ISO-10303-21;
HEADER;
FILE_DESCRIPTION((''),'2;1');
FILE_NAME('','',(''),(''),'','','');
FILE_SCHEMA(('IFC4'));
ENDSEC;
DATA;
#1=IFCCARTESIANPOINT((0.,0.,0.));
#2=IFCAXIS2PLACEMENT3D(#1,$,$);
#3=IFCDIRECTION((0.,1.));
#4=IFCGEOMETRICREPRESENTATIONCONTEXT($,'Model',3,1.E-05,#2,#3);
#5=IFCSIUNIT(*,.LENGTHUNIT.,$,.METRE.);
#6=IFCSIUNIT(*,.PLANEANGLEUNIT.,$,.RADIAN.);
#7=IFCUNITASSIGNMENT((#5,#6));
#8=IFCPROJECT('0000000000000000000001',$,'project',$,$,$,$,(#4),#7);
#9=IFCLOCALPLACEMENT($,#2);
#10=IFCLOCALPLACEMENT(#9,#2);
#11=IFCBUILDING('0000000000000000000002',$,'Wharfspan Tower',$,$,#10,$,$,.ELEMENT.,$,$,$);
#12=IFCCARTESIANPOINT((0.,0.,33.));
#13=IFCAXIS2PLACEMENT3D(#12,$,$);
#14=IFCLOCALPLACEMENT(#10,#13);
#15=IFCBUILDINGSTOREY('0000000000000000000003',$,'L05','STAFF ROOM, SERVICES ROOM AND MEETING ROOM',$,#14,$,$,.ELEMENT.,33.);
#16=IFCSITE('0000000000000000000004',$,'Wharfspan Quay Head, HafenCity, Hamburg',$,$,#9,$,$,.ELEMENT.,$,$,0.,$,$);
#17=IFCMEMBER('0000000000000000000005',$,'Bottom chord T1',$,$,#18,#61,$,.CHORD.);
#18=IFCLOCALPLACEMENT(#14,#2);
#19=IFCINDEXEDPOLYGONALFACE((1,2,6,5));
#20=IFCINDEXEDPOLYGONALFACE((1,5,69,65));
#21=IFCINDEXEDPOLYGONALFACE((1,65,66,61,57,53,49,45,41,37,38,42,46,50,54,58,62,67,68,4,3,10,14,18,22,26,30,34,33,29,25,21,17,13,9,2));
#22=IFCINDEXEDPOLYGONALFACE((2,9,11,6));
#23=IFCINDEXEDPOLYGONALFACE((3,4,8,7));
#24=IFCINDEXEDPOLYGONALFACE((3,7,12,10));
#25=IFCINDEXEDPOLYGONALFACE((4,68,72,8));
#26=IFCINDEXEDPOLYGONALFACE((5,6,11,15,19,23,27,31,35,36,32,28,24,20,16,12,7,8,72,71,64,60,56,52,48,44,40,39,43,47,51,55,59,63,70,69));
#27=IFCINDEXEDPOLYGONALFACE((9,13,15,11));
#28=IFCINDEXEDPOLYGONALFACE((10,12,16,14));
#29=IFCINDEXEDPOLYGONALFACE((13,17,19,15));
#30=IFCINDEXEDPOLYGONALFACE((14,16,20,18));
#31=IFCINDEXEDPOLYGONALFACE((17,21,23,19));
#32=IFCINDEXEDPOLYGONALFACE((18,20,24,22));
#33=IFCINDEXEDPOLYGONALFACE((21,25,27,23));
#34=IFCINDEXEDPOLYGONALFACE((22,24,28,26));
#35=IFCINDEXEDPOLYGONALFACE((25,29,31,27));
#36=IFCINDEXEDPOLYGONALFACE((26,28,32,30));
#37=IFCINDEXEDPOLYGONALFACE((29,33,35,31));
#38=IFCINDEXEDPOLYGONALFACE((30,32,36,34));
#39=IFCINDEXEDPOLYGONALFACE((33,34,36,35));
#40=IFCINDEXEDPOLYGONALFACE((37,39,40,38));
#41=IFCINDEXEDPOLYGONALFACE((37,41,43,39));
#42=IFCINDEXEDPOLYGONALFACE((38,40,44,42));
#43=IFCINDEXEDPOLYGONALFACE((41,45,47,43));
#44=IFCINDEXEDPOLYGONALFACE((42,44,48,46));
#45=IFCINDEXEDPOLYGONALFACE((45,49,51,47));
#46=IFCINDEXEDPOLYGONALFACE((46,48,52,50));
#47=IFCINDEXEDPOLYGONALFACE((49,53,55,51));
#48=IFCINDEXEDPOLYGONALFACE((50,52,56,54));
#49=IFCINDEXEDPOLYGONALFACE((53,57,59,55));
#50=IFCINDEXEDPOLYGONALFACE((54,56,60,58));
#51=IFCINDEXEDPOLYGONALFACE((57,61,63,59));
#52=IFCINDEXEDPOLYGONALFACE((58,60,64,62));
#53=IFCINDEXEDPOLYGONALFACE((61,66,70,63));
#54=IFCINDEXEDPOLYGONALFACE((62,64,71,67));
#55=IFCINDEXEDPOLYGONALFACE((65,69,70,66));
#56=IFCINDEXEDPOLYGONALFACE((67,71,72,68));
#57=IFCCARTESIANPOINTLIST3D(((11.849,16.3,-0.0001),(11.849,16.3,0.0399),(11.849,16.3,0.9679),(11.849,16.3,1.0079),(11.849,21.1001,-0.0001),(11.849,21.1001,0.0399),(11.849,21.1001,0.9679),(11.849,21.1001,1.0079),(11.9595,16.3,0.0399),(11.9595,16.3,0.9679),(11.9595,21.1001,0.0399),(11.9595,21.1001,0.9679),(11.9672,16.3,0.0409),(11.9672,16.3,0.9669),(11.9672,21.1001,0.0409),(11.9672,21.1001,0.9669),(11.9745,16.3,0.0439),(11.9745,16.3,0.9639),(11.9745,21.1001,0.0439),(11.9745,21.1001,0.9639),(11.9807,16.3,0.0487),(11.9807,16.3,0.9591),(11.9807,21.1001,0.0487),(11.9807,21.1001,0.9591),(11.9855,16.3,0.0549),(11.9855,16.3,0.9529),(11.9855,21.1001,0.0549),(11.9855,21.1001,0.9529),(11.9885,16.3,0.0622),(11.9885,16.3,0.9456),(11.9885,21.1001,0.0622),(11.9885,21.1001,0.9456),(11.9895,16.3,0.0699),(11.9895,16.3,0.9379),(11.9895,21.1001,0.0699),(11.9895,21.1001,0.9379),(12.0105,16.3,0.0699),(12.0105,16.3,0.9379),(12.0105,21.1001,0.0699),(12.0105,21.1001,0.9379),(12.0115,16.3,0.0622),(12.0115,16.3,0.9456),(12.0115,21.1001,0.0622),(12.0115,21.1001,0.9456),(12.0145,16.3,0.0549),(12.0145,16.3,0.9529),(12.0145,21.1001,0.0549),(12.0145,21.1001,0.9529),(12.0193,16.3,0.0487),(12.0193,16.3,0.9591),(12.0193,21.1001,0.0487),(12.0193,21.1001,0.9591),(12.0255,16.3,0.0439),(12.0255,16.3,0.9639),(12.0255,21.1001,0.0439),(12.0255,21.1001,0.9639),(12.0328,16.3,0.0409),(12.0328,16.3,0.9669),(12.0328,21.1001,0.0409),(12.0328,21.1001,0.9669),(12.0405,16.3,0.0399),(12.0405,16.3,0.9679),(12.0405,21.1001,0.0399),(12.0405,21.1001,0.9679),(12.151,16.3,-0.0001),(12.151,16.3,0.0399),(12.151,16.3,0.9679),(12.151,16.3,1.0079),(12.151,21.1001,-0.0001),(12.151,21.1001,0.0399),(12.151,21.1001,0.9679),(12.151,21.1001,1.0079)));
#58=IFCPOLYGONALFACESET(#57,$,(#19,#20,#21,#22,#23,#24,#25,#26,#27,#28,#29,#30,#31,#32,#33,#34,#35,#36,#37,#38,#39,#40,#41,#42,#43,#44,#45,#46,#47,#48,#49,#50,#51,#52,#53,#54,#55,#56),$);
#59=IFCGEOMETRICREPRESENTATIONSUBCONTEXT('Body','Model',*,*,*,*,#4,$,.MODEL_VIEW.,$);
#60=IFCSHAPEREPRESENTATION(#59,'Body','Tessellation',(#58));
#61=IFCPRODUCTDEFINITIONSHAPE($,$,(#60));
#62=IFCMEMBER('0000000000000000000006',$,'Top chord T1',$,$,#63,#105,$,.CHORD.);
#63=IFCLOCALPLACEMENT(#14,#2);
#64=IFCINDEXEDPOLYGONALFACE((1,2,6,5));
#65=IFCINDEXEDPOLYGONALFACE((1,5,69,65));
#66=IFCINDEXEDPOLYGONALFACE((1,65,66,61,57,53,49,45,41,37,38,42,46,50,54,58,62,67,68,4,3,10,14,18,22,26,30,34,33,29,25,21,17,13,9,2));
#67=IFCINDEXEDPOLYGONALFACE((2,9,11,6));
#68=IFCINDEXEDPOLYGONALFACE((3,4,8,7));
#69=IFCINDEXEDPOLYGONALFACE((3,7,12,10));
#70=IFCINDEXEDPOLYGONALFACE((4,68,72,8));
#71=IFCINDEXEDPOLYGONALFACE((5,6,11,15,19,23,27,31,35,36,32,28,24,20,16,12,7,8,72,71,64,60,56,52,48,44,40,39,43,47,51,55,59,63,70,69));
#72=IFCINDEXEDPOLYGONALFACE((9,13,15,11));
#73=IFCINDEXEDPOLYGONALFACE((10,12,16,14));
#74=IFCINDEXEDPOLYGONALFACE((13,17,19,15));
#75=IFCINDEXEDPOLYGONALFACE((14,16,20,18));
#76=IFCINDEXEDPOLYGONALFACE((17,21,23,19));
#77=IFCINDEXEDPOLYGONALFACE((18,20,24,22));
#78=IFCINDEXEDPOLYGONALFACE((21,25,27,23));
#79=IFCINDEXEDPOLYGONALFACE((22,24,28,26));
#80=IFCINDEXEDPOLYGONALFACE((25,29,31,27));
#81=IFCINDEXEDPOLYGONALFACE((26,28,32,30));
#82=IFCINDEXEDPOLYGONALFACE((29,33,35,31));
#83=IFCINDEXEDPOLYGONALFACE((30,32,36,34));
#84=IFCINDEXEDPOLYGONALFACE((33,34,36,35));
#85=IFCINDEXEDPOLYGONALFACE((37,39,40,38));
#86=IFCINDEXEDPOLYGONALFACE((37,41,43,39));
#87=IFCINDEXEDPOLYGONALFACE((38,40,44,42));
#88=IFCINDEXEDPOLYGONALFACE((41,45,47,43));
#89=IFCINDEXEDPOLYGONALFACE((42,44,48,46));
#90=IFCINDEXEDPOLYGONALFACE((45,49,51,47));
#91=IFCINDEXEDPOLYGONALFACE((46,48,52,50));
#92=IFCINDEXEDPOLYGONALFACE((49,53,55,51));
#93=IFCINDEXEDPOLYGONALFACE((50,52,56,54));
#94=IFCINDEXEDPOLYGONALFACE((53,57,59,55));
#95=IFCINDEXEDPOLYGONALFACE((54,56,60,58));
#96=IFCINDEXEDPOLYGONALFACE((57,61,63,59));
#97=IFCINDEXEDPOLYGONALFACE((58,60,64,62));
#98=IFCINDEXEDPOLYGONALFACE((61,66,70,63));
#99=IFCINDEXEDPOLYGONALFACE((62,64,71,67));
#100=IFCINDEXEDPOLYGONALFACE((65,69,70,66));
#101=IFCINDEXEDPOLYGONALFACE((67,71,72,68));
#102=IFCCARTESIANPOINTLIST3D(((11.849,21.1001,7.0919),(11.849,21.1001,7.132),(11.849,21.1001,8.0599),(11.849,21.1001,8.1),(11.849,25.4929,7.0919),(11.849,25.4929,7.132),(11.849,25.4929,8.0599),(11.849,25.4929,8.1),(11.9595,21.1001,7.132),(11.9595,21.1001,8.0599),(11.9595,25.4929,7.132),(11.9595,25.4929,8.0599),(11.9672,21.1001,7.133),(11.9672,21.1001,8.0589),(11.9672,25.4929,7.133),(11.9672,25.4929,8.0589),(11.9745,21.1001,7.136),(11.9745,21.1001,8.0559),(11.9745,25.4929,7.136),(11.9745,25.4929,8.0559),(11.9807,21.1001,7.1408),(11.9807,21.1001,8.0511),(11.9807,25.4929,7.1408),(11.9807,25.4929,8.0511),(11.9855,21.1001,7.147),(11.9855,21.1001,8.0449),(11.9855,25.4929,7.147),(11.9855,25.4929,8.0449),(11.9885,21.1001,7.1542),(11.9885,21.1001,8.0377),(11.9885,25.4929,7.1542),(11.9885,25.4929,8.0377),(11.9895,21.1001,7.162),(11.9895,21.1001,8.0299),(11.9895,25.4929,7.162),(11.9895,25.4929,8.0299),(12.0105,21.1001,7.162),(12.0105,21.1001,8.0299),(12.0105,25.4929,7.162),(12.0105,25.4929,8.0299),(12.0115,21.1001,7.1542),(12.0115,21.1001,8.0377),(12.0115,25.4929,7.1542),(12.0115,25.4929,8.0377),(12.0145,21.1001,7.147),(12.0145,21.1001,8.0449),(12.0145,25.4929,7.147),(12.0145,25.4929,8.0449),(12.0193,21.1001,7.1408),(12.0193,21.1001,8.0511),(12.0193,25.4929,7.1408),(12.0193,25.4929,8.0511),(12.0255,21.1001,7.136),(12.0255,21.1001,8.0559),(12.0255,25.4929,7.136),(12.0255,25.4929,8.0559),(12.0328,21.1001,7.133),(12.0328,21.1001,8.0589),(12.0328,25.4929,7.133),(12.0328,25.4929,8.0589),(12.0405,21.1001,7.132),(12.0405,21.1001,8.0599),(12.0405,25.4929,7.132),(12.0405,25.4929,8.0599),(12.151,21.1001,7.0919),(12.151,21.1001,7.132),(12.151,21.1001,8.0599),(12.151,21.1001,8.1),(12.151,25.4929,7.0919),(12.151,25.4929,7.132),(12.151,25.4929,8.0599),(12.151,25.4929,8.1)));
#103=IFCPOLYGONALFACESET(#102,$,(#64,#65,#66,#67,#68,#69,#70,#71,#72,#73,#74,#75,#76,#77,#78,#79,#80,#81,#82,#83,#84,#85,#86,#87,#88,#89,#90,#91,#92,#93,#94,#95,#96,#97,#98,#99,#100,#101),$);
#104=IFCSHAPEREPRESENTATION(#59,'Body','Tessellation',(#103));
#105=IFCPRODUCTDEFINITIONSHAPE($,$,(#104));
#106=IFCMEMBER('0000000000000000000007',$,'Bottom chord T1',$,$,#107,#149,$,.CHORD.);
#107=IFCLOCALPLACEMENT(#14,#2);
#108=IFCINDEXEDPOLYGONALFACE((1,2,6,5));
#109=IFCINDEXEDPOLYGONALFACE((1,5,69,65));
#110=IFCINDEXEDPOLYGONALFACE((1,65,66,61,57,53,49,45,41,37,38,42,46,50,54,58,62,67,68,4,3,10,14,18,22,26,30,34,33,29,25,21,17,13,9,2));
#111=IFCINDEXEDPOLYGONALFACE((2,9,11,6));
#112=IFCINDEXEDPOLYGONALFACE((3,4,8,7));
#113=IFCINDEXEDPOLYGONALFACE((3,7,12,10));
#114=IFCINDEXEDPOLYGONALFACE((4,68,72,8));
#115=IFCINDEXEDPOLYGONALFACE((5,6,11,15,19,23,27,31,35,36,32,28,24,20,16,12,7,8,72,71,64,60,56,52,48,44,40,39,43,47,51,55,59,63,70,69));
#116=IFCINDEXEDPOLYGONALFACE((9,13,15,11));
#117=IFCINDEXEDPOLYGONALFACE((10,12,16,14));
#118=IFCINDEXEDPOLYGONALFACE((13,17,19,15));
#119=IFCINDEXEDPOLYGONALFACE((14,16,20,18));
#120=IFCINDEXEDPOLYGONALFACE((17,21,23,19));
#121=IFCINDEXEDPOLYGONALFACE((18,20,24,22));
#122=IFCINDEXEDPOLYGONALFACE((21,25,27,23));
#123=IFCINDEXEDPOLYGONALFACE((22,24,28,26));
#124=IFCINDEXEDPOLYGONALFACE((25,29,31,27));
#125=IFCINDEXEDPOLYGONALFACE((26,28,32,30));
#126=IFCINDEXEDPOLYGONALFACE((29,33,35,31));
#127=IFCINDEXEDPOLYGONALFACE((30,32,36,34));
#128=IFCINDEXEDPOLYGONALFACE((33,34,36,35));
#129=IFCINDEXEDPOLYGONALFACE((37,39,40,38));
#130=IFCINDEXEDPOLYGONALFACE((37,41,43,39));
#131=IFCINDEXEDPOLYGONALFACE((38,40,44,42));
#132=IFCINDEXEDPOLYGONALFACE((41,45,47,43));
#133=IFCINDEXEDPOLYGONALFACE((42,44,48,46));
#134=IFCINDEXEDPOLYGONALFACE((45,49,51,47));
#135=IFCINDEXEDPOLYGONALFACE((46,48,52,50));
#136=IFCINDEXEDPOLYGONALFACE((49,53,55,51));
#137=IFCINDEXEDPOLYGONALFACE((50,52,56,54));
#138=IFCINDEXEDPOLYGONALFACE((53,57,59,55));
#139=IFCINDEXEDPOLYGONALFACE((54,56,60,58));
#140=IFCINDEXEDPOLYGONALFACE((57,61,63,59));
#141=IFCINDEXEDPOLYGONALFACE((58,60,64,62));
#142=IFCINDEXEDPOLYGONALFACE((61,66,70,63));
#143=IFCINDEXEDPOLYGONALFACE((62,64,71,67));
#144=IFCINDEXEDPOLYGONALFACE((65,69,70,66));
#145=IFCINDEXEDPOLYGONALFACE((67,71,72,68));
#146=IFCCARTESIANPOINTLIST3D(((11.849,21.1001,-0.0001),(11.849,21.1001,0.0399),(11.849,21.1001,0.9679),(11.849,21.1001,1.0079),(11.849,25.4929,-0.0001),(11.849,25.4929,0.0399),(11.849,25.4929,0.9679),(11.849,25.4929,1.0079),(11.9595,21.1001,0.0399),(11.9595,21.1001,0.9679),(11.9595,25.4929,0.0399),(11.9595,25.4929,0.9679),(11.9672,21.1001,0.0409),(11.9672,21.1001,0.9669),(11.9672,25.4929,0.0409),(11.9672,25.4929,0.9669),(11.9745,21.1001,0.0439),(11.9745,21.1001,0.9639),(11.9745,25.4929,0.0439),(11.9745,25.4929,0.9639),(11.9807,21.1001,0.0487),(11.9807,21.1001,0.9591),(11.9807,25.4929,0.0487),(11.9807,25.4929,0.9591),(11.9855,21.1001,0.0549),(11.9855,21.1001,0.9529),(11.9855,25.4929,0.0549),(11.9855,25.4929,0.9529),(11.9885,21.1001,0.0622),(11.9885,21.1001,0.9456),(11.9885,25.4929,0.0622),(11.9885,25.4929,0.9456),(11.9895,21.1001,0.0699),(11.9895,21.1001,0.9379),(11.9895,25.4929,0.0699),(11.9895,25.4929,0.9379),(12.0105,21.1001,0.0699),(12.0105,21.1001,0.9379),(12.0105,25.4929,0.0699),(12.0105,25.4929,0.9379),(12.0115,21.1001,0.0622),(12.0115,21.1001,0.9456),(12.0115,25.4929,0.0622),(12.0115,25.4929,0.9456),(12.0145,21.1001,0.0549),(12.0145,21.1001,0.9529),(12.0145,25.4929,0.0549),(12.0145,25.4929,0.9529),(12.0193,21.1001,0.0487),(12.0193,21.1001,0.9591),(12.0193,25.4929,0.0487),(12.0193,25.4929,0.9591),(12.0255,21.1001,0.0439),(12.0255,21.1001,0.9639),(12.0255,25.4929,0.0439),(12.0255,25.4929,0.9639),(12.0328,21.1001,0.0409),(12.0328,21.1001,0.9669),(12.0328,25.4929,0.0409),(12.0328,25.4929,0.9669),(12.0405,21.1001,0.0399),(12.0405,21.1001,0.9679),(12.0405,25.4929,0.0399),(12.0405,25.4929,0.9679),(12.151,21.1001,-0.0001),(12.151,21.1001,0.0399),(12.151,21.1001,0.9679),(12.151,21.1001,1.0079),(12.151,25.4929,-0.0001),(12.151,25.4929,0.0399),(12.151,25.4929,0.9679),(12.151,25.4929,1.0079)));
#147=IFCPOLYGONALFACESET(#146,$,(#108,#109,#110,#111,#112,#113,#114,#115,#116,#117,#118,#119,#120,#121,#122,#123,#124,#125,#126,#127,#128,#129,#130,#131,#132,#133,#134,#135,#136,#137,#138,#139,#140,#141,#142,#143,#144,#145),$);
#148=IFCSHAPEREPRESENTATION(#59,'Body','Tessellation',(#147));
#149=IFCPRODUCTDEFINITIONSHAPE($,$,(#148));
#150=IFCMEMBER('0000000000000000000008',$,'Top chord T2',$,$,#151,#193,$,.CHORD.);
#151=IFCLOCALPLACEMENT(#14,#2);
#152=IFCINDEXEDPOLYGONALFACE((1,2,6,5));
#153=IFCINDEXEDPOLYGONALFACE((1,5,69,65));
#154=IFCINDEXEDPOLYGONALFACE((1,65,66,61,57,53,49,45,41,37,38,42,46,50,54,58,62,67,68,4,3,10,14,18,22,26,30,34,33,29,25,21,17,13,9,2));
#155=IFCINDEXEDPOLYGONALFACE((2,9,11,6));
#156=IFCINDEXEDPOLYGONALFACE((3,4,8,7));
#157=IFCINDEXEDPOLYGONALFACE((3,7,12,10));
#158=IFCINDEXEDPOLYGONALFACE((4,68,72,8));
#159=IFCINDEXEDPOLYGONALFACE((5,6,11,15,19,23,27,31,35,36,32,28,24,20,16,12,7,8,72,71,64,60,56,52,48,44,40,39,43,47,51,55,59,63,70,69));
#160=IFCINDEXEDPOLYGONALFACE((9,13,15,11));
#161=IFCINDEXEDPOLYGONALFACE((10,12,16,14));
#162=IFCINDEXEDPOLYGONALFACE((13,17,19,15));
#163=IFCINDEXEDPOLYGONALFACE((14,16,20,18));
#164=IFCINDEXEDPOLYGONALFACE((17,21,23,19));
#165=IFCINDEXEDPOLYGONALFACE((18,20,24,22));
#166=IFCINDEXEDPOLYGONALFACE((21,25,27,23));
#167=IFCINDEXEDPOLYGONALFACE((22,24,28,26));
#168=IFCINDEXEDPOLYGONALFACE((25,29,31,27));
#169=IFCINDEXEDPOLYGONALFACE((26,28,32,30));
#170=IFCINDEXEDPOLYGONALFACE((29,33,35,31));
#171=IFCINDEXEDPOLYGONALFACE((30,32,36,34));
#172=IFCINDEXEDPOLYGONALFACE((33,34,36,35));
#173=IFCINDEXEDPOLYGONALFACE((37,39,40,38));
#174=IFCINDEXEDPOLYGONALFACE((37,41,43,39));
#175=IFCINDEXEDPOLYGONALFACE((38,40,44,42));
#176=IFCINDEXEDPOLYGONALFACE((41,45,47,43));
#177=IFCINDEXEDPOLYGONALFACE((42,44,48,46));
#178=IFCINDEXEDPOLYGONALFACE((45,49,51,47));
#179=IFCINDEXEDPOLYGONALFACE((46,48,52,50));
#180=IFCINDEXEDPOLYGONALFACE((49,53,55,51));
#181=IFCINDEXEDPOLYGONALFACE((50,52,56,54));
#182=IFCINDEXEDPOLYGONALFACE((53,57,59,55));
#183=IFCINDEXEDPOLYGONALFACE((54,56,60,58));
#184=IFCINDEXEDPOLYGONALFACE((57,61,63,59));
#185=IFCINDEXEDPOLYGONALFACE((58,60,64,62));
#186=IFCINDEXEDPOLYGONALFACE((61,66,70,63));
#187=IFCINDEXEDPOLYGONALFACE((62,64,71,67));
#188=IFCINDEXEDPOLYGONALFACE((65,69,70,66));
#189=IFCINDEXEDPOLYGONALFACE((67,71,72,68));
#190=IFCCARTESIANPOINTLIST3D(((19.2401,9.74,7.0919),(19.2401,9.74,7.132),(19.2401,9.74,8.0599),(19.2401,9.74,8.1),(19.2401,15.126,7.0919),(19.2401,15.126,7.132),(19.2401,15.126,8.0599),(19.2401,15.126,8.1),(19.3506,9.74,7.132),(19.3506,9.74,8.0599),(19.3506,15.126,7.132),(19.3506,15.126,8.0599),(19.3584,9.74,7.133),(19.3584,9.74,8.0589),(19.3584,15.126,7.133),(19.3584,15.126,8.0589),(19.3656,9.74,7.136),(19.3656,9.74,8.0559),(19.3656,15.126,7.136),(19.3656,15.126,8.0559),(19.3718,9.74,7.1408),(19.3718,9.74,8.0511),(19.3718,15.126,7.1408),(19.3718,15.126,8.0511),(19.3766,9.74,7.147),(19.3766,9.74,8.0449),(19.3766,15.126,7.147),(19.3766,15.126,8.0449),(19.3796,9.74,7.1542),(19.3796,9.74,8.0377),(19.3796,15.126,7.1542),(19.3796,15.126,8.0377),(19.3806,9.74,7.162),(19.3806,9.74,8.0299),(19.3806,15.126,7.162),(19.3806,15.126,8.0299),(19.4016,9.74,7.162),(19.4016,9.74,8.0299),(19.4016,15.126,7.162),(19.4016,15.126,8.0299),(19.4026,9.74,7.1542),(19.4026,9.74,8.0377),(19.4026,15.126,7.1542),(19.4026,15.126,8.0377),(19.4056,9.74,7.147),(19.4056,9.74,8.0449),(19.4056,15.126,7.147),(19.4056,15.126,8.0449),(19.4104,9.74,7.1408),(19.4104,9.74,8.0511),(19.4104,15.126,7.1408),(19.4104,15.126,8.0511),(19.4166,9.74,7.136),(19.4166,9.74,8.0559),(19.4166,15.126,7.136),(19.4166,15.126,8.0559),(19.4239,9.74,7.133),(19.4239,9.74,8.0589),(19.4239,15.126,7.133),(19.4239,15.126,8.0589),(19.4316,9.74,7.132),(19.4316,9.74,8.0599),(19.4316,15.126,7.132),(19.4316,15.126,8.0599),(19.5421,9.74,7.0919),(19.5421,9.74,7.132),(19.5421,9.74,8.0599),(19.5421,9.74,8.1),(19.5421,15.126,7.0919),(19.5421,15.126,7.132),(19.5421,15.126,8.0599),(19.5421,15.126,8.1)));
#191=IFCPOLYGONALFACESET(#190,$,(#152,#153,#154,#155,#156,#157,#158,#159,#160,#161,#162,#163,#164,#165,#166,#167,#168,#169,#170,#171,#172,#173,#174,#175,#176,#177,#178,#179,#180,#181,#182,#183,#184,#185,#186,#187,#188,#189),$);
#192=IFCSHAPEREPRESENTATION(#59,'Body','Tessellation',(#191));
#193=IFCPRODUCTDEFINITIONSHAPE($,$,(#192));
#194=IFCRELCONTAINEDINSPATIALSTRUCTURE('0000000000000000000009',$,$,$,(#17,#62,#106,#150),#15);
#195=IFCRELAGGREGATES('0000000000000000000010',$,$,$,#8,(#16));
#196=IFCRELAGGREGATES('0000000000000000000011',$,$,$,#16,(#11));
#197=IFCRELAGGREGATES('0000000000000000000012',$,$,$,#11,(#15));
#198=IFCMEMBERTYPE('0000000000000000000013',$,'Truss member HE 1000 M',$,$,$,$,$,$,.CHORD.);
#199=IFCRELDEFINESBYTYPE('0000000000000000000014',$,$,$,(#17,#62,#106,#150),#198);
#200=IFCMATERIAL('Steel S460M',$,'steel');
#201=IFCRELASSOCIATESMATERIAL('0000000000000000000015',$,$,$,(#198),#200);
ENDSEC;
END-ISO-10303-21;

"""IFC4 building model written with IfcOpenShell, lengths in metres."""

from ifc_helpers import new_model, si_unit, direction, frame, origin, origin_2d, place, context, subcontext, project, spatial, i_section, extrude, material, material_profile, profile_set, type_object, element, save


model = new_model("IFC4")

# Units and contexts
model_context = context("Model", 3, precision=1e-05, world=origin(), true_north=direction((0.0, 1.0)))
body_context = subcontext(model_context, "Body", "Model", "MODEL_VIEW")
ifc_project = project(units=[si_unit("LENGTHUNIT", "METRE"), si_unit("PLANEANGLEUNIT", "RADIAN")], contexts=[model_context])

# Site, building, storey
site_placement = place(None, origin())
site = spatial("IfcSite", under=ifc_project, at=site_placement, Name="Wharfspan Quay Head, HafenCity, Hamburg", CompositionType="ELEMENT", RefElevation=0.0)
building_placement = place(site_placement, origin())
building = spatial("IfcBuilding", under=site, at=building_placement, Name="Wharfspan Tower", CompositionType="ELEMENT")
storey_placement = place(building_placement, frame((0.0, 0.0, 33.0)))
storey = spatial("IfcBuildingStorey", under=building, at=storey_placement, Name="L05", Description="STAFF ROOM, SERVICES ROOM AND MEETING ROOM", CompositionType="ELEMENT", Elevation=33.0)

# Members
ifc_material_1 = material(Name="Steel S460M", Category="steel")
ifc_material_profile_1 = material_profile(ifc_material_1, i_section(OverallWidth=0.302, OverallDepth=1.0081, WebThickness=0.021, FlangeThickness=0.04, FilletRadius=0.03, at=origin_2d()))
ifc_profile_set_1 = profile_set([ifc_material_profile_1], Name="Steel S460M")
member_type_1 = type_object("IfcMemberType", Name="Truss member HE 1000 M", PredefinedType="CHORD", material=ifc_profile_set_1)
for number, where, z_axis, x_axis, name in (
    (1, (12.0, 16.3, 0.5039), (0.0, 1.0, 0.0), (-1.0, 0.0, 0.0), "Bottom chord T1"),
):
    element("IfcMember", number, at=place(storey_placement, frame(where, z_axis=z_axis, x_axis=x_axis)), inside=storey, type_object=member_type_1, Name=name, PredefinedType="CHORD", context=body_context, shape_type="SweptSolid", body=[
        extrude(i_section(OverallWidth=0.302, OverallDepth=1.0081, WebThickness=0.021, FlangeThickness=0.04, FilletRadius=0.03, at=origin_2d()), origin(), (0.0, 0.0, 1.0), 4.8),
    ])
for number, where, z_axis, x_axis, name in (
    (2, (12.0, 21.1001, 7.5959), (0.0, 1.0, 0.0), (-1.0, 0.0, 0.0), "Top chord T1"),
    (3, (12.0, 21.1001, 0.5039), (0.0, 1.0, 0.0), (-1.0, 0.0, 0.0), "Bottom chord T1"),
):
    element("IfcMember", number, at=place(storey_placement, frame(where, z_axis=z_axis, x_axis=x_axis)), inside=storey, type_object=member_type_1, Name=name, PredefinedType="CHORD", context=body_context, shape_type="SweptSolid", body=[
        extrude(i_section(OverallWidth=0.302, OverallDepth=1.0081, WebThickness=0.021, FlangeThickness=0.04, FilletRadius=0.03, at=origin_2d()), origin(), (0.0, 0.0, 1.0), 4.3928),
    ])
for number, where, z_axis, x_axis, name in (
    (4, (19.3911, 9.74, 7.5959), (0.0, 1.0, 0.0), (-1.0, 0.0, 0.0), "Top chord T2"),
):
    element("IfcMember", number, at=place(storey_placement, frame(where, z_axis=z_axis, x_axis=x_axis)), inside=storey, type_object=member_type_1, Name=name, PredefinedType="CHORD", context=body_context, shape_type="SweptSolid", body=[
        extrude(i_section(OverallWidth=0.302, OverallDepth=1.0081, WebThickness=0.021, FlangeThickness=0.04, FilletRadius=0.03, at=origin_2d()), origin(), (0.0, 0.0, 1.0), 5.386),
    ])

save(model, "model.ifc")
